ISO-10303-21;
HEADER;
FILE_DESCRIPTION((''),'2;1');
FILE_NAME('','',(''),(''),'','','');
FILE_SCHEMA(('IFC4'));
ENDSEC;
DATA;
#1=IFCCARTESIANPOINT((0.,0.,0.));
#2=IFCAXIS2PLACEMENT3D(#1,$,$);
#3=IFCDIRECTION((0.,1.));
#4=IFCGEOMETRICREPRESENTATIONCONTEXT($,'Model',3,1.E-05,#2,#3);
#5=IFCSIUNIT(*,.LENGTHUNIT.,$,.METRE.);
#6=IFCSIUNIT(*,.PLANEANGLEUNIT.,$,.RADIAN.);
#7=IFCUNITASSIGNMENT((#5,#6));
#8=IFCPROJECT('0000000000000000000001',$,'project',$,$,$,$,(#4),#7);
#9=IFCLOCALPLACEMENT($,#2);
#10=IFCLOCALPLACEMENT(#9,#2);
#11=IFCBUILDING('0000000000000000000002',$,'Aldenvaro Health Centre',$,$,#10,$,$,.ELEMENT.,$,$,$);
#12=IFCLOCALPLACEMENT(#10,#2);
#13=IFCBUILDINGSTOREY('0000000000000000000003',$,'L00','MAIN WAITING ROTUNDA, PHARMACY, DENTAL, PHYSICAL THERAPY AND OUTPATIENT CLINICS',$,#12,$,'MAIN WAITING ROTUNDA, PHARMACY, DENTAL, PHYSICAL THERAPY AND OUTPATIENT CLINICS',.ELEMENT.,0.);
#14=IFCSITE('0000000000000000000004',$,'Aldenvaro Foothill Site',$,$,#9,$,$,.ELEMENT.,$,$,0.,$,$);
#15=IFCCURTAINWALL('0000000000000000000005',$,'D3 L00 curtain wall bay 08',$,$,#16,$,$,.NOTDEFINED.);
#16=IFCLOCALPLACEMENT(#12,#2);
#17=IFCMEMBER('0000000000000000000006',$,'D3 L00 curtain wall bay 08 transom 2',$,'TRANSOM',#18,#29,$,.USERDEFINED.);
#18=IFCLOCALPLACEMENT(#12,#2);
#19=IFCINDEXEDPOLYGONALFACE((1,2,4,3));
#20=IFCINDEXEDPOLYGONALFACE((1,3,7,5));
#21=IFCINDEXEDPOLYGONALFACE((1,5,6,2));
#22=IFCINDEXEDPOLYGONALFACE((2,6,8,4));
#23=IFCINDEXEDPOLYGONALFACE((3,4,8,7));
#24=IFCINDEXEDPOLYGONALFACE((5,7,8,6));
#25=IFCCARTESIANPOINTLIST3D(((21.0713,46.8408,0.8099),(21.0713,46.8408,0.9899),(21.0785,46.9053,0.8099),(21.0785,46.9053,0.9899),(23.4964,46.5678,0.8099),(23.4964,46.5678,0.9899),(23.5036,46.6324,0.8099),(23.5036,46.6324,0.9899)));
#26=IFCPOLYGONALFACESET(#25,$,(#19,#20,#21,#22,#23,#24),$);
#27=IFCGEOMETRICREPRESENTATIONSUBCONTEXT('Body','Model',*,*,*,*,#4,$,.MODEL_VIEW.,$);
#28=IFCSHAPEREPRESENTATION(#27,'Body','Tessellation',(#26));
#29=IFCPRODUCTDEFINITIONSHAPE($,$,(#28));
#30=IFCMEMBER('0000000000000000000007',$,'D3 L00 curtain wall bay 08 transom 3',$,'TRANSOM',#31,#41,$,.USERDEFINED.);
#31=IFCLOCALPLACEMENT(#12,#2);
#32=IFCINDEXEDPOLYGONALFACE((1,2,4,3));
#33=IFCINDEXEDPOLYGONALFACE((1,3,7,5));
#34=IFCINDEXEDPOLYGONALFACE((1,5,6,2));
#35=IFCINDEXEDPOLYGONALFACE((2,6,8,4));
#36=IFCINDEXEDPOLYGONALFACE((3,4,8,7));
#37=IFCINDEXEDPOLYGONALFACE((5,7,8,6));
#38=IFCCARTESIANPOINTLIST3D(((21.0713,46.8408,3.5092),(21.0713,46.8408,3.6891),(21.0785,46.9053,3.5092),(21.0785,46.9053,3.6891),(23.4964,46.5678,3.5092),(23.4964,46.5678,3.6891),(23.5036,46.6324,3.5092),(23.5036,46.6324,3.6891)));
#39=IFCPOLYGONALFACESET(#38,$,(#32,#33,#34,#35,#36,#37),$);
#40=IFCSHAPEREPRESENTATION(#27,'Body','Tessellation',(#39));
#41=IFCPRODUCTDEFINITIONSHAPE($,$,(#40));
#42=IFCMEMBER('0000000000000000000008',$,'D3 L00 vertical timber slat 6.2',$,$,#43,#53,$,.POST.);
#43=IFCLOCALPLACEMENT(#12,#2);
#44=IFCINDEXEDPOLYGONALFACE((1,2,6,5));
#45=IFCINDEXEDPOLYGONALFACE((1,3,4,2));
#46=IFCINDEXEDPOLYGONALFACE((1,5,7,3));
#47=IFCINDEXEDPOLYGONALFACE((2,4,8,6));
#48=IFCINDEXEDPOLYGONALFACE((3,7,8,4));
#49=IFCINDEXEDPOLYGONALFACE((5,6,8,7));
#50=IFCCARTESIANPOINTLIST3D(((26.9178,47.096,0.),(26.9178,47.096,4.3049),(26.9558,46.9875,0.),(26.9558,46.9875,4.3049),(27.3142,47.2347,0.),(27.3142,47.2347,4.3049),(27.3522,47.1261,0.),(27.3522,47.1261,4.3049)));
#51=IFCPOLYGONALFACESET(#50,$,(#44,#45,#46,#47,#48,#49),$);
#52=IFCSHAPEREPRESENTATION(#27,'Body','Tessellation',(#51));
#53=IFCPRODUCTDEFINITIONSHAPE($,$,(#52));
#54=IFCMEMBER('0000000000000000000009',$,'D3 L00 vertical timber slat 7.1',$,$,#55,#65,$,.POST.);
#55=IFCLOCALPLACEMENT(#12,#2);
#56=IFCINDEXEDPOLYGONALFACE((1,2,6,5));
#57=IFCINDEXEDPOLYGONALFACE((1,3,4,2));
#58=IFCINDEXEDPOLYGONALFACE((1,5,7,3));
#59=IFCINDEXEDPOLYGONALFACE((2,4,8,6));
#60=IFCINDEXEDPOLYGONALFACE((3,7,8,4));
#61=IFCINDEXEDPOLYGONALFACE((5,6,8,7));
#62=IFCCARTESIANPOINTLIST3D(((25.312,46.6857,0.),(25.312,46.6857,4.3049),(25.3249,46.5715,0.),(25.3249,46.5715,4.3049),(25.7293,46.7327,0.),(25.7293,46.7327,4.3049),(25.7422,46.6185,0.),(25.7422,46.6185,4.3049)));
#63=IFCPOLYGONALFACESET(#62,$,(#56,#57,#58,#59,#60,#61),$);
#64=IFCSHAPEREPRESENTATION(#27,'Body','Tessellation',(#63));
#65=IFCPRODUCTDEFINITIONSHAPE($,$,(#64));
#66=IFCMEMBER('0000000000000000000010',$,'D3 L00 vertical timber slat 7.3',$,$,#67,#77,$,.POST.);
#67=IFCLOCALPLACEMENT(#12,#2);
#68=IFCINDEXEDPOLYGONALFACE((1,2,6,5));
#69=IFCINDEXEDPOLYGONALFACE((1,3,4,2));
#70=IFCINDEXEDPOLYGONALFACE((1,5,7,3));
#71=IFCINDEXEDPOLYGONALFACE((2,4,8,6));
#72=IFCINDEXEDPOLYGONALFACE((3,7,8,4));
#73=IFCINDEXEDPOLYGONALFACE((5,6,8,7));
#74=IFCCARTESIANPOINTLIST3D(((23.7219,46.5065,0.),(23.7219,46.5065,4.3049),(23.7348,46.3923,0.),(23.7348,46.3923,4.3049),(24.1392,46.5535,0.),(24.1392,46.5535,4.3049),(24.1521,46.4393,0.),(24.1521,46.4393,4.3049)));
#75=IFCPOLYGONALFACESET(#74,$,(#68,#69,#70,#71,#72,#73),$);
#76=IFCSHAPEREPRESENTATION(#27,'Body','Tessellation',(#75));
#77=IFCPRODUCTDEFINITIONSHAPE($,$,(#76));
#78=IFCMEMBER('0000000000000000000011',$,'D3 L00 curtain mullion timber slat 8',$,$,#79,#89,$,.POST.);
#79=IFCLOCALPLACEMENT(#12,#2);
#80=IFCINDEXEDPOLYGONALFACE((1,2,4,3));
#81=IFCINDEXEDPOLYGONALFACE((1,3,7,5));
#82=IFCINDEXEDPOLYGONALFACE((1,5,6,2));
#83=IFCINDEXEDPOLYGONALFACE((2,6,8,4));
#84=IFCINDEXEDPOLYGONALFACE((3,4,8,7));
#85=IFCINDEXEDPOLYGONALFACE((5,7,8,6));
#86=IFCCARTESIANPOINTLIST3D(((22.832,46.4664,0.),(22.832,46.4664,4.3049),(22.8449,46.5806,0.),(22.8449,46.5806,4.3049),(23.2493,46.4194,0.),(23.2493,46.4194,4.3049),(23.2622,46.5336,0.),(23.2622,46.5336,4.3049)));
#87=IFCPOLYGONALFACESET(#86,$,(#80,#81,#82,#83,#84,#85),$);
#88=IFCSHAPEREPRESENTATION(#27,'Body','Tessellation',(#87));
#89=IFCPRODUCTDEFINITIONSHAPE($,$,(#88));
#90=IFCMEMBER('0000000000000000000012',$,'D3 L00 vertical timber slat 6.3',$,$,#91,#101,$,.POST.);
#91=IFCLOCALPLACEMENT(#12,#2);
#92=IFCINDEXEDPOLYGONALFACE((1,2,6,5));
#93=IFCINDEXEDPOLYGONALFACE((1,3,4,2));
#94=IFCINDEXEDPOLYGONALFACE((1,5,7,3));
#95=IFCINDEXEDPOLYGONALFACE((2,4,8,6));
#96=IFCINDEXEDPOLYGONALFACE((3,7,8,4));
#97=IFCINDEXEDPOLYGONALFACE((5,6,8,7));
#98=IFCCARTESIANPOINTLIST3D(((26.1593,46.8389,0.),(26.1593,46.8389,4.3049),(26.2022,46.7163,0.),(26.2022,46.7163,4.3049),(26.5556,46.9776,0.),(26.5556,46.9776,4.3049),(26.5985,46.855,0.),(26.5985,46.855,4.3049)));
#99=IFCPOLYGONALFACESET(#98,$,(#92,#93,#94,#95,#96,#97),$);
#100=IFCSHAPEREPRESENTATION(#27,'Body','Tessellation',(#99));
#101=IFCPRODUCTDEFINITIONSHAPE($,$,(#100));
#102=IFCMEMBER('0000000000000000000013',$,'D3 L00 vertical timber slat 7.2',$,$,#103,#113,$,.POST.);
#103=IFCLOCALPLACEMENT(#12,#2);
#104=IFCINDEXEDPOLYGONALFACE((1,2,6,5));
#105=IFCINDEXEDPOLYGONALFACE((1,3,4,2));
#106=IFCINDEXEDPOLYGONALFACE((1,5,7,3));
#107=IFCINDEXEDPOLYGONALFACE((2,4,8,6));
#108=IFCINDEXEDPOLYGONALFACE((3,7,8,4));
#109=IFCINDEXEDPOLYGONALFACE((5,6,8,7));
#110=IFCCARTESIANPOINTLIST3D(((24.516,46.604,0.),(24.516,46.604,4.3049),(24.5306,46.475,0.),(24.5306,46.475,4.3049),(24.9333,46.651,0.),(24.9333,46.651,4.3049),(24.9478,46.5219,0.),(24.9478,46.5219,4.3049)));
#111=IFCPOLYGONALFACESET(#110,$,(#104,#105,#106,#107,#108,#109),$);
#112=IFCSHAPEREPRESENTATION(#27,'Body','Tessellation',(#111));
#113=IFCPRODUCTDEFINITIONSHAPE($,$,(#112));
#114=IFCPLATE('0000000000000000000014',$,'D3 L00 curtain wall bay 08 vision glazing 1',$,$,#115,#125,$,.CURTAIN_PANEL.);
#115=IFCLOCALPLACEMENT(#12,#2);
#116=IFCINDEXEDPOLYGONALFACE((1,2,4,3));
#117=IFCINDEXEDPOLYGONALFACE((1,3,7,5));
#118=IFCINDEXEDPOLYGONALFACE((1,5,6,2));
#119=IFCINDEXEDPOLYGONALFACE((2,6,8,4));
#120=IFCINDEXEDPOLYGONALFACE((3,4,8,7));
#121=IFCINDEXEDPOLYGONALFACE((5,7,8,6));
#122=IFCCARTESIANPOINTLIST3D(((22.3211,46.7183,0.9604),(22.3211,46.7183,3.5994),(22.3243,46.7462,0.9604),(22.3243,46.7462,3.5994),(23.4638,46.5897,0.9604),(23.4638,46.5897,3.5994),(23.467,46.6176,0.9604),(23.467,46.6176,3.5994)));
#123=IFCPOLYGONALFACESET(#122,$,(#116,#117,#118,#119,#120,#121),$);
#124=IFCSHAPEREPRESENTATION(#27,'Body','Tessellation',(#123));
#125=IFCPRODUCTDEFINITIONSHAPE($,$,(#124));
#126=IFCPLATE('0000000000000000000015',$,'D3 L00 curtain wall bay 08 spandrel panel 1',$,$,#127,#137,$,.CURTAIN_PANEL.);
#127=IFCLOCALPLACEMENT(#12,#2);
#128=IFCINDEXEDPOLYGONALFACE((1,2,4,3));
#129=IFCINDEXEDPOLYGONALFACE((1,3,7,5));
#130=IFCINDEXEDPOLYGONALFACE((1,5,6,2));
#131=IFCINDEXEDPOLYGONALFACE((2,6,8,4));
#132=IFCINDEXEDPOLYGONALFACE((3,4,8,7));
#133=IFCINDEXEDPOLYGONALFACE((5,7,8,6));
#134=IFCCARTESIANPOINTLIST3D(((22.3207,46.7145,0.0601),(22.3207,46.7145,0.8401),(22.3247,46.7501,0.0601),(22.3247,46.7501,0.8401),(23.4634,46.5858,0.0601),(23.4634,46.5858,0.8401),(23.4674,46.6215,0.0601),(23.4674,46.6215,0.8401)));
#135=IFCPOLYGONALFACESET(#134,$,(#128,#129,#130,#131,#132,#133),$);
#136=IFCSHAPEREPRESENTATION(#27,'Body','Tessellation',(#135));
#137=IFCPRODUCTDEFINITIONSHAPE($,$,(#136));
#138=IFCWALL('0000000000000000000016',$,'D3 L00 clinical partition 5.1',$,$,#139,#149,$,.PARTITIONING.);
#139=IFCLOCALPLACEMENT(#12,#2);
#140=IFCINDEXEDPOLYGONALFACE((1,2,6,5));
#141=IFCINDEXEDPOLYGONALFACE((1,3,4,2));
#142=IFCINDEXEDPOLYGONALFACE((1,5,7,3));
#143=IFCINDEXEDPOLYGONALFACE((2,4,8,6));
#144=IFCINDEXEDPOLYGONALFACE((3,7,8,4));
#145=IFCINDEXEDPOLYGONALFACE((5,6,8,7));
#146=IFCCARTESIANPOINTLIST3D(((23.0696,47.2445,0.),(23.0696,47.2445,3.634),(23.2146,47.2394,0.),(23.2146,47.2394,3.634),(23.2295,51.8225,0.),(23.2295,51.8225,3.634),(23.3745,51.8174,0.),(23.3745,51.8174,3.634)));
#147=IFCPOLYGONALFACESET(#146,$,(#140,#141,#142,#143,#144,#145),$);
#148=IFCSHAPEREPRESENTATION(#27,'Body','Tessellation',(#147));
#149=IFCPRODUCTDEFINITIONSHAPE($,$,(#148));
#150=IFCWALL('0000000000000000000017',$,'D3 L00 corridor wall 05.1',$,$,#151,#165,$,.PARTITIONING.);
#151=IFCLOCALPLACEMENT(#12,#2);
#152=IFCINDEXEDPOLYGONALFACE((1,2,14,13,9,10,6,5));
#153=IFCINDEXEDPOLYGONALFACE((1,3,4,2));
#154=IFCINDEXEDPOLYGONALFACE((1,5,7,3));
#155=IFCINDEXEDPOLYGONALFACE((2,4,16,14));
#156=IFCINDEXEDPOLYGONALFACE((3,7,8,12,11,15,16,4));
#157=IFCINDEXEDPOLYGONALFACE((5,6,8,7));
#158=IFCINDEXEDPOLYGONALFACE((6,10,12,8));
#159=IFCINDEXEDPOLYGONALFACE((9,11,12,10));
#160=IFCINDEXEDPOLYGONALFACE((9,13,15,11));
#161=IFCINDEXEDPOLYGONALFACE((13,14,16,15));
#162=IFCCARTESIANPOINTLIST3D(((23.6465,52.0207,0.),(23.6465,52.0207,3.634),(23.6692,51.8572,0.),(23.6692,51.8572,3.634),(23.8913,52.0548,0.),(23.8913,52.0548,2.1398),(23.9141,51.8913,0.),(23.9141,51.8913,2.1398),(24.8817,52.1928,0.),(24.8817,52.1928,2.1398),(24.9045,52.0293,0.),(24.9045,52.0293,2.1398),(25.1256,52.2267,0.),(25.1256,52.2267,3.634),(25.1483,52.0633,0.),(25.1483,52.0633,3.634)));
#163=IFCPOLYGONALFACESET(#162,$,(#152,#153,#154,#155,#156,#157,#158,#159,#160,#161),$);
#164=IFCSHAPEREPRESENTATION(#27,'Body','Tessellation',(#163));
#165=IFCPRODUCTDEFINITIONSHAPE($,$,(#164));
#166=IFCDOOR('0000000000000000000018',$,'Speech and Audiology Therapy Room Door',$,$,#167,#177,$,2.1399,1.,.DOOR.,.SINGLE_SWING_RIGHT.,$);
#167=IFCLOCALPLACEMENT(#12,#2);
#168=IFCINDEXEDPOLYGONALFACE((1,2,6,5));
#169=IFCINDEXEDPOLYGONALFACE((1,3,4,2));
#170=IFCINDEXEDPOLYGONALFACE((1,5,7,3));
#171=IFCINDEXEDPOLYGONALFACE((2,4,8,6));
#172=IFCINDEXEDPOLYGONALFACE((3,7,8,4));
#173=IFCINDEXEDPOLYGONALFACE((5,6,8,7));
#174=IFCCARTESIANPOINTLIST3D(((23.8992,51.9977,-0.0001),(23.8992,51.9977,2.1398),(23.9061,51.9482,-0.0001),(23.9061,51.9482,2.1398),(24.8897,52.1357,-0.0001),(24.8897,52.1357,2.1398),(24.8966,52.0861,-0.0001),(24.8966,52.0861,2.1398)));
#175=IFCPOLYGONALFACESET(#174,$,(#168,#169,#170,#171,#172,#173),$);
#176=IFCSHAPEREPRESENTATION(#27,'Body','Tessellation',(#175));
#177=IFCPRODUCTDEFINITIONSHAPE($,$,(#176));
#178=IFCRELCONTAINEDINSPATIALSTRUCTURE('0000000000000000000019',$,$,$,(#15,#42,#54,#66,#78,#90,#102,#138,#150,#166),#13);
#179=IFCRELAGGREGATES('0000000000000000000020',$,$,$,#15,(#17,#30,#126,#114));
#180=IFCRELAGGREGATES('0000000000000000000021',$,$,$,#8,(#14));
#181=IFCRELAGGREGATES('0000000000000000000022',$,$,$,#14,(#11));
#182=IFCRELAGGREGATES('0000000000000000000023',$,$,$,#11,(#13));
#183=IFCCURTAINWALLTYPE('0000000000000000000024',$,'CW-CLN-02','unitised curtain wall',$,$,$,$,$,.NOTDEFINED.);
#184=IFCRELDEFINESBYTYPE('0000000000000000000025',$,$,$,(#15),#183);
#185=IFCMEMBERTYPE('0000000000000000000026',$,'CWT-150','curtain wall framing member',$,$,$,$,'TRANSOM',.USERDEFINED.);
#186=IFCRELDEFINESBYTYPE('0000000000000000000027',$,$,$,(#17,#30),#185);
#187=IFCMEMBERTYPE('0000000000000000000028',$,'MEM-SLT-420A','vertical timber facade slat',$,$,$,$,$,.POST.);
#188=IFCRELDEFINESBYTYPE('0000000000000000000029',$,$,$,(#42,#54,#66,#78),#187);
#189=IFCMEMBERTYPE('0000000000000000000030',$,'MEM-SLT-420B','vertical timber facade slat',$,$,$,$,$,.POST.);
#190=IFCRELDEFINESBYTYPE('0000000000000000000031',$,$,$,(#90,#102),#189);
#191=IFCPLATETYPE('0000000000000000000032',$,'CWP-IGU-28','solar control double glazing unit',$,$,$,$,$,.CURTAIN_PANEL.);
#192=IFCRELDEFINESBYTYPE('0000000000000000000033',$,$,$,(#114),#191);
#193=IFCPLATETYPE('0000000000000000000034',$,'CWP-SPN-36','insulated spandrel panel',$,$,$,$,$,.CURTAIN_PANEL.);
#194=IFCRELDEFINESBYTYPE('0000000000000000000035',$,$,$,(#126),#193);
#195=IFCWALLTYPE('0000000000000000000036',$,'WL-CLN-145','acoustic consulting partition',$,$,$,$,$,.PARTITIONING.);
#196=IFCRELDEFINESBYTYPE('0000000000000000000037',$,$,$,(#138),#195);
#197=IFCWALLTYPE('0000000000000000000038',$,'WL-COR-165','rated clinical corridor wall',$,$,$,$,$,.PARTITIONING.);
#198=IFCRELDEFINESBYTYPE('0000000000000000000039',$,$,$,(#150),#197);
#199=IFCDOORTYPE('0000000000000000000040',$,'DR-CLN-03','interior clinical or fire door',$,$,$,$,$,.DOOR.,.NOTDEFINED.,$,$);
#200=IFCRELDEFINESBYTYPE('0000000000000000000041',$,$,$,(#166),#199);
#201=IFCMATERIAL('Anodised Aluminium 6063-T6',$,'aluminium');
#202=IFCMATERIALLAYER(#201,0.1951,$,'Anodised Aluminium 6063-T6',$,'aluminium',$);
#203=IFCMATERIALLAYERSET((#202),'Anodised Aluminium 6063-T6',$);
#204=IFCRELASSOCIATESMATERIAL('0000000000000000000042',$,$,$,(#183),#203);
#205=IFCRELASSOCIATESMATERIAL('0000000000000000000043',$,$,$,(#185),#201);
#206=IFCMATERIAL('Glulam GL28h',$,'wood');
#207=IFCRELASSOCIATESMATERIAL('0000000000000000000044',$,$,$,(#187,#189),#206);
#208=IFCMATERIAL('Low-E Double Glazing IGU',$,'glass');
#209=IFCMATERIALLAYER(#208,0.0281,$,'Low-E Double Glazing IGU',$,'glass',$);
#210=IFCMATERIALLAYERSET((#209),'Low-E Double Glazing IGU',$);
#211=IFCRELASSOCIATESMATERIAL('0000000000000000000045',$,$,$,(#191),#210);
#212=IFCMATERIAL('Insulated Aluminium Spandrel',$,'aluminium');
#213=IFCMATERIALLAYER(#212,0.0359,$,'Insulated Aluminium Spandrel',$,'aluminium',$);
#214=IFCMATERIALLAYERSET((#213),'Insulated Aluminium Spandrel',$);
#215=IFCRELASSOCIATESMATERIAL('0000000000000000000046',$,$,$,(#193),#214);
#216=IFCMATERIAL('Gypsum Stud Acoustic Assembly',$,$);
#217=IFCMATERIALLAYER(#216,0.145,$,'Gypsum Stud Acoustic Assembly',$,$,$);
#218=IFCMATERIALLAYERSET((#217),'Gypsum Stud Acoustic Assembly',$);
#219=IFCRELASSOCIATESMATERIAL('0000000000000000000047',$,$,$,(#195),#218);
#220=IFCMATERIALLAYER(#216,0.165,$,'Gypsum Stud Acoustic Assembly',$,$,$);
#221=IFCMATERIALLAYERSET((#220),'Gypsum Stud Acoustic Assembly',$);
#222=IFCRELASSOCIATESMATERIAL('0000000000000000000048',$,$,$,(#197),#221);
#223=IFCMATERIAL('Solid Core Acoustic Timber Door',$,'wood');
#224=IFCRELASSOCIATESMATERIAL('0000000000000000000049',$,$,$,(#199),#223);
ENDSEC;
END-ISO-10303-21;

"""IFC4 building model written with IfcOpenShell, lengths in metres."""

from ifc_helpers import new_model, si_unit, direction, frame, frame_2d, origin, origin_2d, place, context, subcontext, project, spatial, rectangle, extrude, material, layer, layer_set, material_profile, profile_set, type_object, element, fill, aggregate, save


model = new_model("IFC4")

# Units and contexts
model_context = context("Model", 3, precision=1e-05, world=origin(), true_north=direction((0.0, 1.0)))
body_context = subcontext(model_context, "Body", "Model", "MODEL_VIEW")
ifc_project = project(units=[si_unit("LENGTHUNIT", "METRE"), si_unit("PLANEANGLEUNIT", "RADIAN")], contexts=[model_context])

# Site, building, storey
site_placement = place(None, origin())
site = spatial("IfcSite", under=ifc_project, at=site_placement, Name="Aldenvaro Foothill Site", CompositionType="ELEMENT", RefElevation=0.0)
building_placement = place(site_placement, origin())
building = spatial("IfcBuilding", under=site, at=building_placement, Name="Aldenvaro Health Centre", CompositionType="ELEMENT")
storey_placement = place(building_placement, origin())
storey = spatial("IfcBuildingStorey", under=building, at=storey_placement, Name="L00", Description="MAIN WAITING ROTUNDA, PHARMACY, DENTAL, PHYSICAL THERAPY AND OUTPATIENT CLINICS", LongName="MAIN WAITING ROTUNDA, PHARMACY, DENTAL, PHYSICAL THERAPY AND OUTPATIENT CLINICS", CompositionType="ELEMENT", Elevation=0.0)

# Shared definitions
ifc_material_1 = material(Name="Glulam GL28h", Category="wood")

# Curtain wall
ifc_material_2 = material(Name="Anodised Aluminium 6063-T6", Category="aluminium")
ifc_layer_1 = layer(ifc_material_2, 0.1951, Name="Anodised Aluminium 6063-T6", Category="aluminium")
ifc_layer_set_1 = layer_set([ifc_layer_1], Name="Anodised Aluminium 6063-T6")
curtain_wall_type_1 = type_object("IfcCurtainWallType", Name="CW-CLN-02", Description="unitised curtain wall", PredefinedType="NOTDEFINED", material=ifc_layer_set_1)
curtain_wall_1_placement = place(storey_placement, origin())
curtain_wall_1 = element("IfcCurtainWall", 1, at=curtain_wall_1_placement, inside=storey, type_object=curtain_wall_type_1, Name="D3 L00 curtain wall bay 08", PredefinedType="NOTDEFINED")

# Members
ifc_material_profile_1 = material_profile(ifc_material_2, rectangle(XDim=0.0649, YDim=0.1799, at=origin_2d()), Name="ALU 65x180", Category="aluminium")
ifc_profile_set_1 = profile_set([ifc_material_profile_1], Name="Anodised Aluminium 6063-T6")
member_type_1 = type_object("IfcMemberType", Name="CWT-150", Description="curtain wall framing member", ElementType="TRANSOM", PredefinedType="USERDEFINED", material=ifc_profile_set_1)
member_1_placement = place(storey_placement, frame((23.5, 46.6001, 0.8999), z_axis=(-0.993725, 0.111848, 0.0), x_axis=(-0.111848, -0.993725, 0.0)))
member_1 = element("IfcMember", 2, at=member_1_placement, type_object=member_type_1, Name="D3 L00 curtain wall bay 08 transom 2", ObjectType="TRANSOM", PredefinedType="USERDEFINED", context=body_context, shape_type="SweptSolid", body=[
    extrude(rectangle(XDim=0.0649, YDim=0.1799, at=origin_2d()), origin(), (0.0, 0.0, 1.0), 2.4404),
])
member_2_placement = place(storey_placement, frame((23.5, 46.6001, 3.5991), z_axis=(-0.993725, 0.111848, 0.0), x_axis=(-0.111848, -0.993725, 0.0)))
member_2 = element("IfcMember", 3, at=member_2_placement, type_object=member_type_1, Name="D3 L00 curtain wall bay 08 transom 3", ObjectType="TRANSOM", PredefinedType="USERDEFINED", context=body_context, shape_type="SweptSolid", body=[
    extrude(rectangle(XDim=0.0649, YDim=0.1799, at=origin_2d()), origin(), (0.0, 0.0, 1.0), 2.4404),
])

# Members
ifc_material_profile_2 = material_profile(ifc_material_1, rectangle(XDim=0.115, YDim=0.4199, at=origin_2d()), Name="GL 115x420", Category="wood")
ifc_profile_set_2 = profile_set([ifc_material_profile_2], Name="Glulam GL28h")
member_type_2 = type_object("IfcMemberType", Name="MEM-SLT-420A", Description="vertical timber facade slat", PredefinedType="POST", material=ifc_profile_set_2)
for number, where, z_axis, x_axis, name in (
    (4, (27.135, 47.1111, 0.0), (0.0, 0.0, 1.0), (0.330204, -0.943909, 0.0), "D3 L00 vertical timber slat 6.2"),
    (5, (25.5271, 46.6521, 0.0), (0.0, 0.0, 1.0), (0.111871, -0.993723, 0.0), "D3 L00 vertical timber slat 7.1"),
    (6, (23.937, 46.4729, 0.0), (0.0, 0.0, 1.0), (0.111871, -0.993723, 0.0), "D3 L00 vertical timber slat 7.3"),
    (7, (23.0471, 46.5, 0.0), (0.0, 0.0, 1.0), (-0.111871, -0.993723, 0.0), "D3 L00 curtain mullion timber slat 8"),
):
    element("IfcMember", number, at=place(storey_placement, frame(where, z_axis=z_axis, x_axis=x_axis)), inside=storey, type_object=member_type_2, Name=name, PredefinedType="POST", context=body_context, shape_type="SweptSolid", body=[
        extrude(rectangle(XDim=0.115, YDim=0.4199, at=origin_2d()), origin(), (0.0, 0.0, 1.0), 4.3049),
    ])
ifc_material_profile_3 = material_profile(ifc_material_1, rectangle(XDim=0.1299, YDim=0.4199, at=origin_2d()), Name="GL 130x420", Category="wood")
ifc_profile_set_3 = profile_set([ifc_material_profile_3], Name="Glulam GL28h")
member_type_3 = type_object("IfcMemberType", Name="MEM-SLT-420B", Description="vertical timber facade slat", PredefinedType="POST", material=ifc_profile_set_3)
for number, where, z_axis, x_axis, name in (
    (8, (26.3789, 46.8469, 0.0), (0.0, 0.0, 1.0), (0.330204, -0.943909, 0.0), "D3 L00 vertical timber slat 6.3"),
    (9, (24.7319, 46.563, 0.0), (0.0, 0.0, 1.0), (0.111871, -0.993723, 0.0), "D3 L00 vertical timber slat 7.2"),
):
    element("IfcMember", number, at=place(storey_placement, frame(where, z_axis=z_axis, x_axis=x_axis)), inside=storey, type_object=member_type_3, Name=name, PredefinedType="POST", context=body_context, shape_type="SweptSolid", body=[
        extrude(rectangle(XDim=0.1299, YDim=0.4199, at=origin_2d()), origin(), (0.0, 0.0, 1.0), 4.3049),
    ])

# Plates
ifc_material_3 = material(Name="Low-E Double Glazing IGU", Category="glass")
ifc_layer_2 = layer(ifc_material_3, 0.0281, Name="Low-E Double Glazing IGU", Category="glass")
ifc_layer_set_2 = layer_set([ifc_layer_2], Name="Low-E Double Glazing IGU")
plate_type_1 = type_object("IfcPlateType", Name="CWP-IGU-28", Description="solar control double glazing unit", PredefinedType="CURTAIN_PANEL", material=ifc_layer_set_2)
plate_1_placement = place(storey_placement, frame((22.894, 46.668, 0.9604), z_axis=(0.0, 0.0, 1.0), x_axis=(-0.993723, 0.111871, 0.0)))
plate_1 = element("IfcPlate", 10, at=plate_1_placement, type_object=plate_type_1, Name="D3 L00 curtain wall bay 08 vision glazing 1", PredefinedType="CURTAIN_PANEL", context=body_context, shape_type="SweptSolid", body=[
    extrude(rectangle(XDim=1.1499, YDim=0.0281, at=origin_2d()), origin(), (0.0, 0.0, 1.0), 2.6389),
])
ifc_material_4 = material(Name="Insulated Aluminium Spandrel", Category="aluminium")
ifc_layer_3 = layer(ifc_material_4, 0.0359, Name="Insulated Aluminium Spandrel", Category="aluminium")
ifc_layer_set_3 = layer_set([ifc_layer_3], Name="Insulated Aluminium Spandrel")
plate_type_2 = type_object("IfcPlateType", Name="CWP-SPN-36", Description="insulated spandrel panel", PredefinedType="CURTAIN_PANEL", material=ifc_layer_set_3)
plate_2_placement = place(storey_placement, frame((22.894, 46.668, 0.0601), z_axis=(0.0, 0.0, 1.0), x_axis=(-0.993723, 0.111871, 0.0)))
plate_2 = element("IfcPlate", 11, at=plate_2_placement, type_object=plate_type_2, Name="D3 L00 curtain wall bay 08 spandrel panel 1", PredefinedType="CURTAIN_PANEL", context=body_context, shape_type="SweptSolid", body=[
    extrude(rectangle(XDim=1.1499, YDim=0.0359, at=origin_2d()), origin(), (0.0, 0.0, 1.0), 0.78),
])
aggregate(curtain_wall_1, [member_1, member_2, plate_2, plate_1])

# Wall
ifc_material_5 = material(Name="Gypsum Stud Acoustic Assembly")
ifc_layer_4 = layer(ifc_material_5, 0.145, Name="Gypsum Stud Acoustic Assembly")
ifc_layer_set_4 = layer_set([ifc_layer_4], Name="Gypsum Stud Acoustic Assembly")
wall_type_1 = type_object("IfcWallType", Name="WL-CLN-145", Description="acoustic consulting partition", PredefinedType="PARTITIONING", material=ifc_layer_set_4)
wall_1_placement = place(storey_placement, frame((23.302, 51.8201, 0.0), z_axis=(0.0, 0.0, 1.0), x_axis=(-0.034908, -0.999391, 0.0)))
element("IfcWall", 12, at=wall_1_placement, inside=storey, type_object=wall_type_1, Name="D3 L00 clinical partition 5.1", PredefinedType="PARTITIONING", context=body_context, shape_type="SweptSolid", body=[
    extrude(rectangle(XDim=4.5808, YDim=0.145, at=frame_2d((2.2905, 0.0))), origin(), (0.0, 0.0, 1.0), 3.634),
])

# Wall, opening, door
ifc_layer_5 = layer(ifc_material_5, 0.165, Name="Gypsum Stud Acoustic Assembly")
ifc_layer_set_5 = layer_set([ifc_layer_5], Name="Gypsum Stud Acoustic Assembly")
wall_type_2 = type_object("IfcWallType", Name="WL-COR-165", Description="rated clinical corridor wall", PredefinedType="PARTITIONING", material=ifc_layer_set_5)
wall_2_placement = place(storey_placement, frame((23.658, 51.939, 0.0), z_axis=(0.0, 0.0, 1.0), x_axis=(0.990434, 0.137987, 0.0)))
wall_2 = element("IfcWall", 13, at=wall_2_placement, inside=storey, type_object=wall_type_2, Name="D3 L00 corridor wall 05.1", PredefinedType="PARTITIONING", context=body_context, shape_type="SweptSolid", body=[
    extrude(rectangle(XDim=1.4934, YDim=0.165, at=frame_2d((0.7466, 0.0))), origin(), (0.0, 0.0, 1.0), 3.634),
])
opening_placement = place(wall_2_placement, frame((0.2471, 0.0, 0.0)))
opening = element("IfcOpeningElement", 14, at=opening_placement, cuts=wall_2, PredefinedType="OPENING", context=body_context, shape_type="SweptSolid", body=[
    extrude(rectangle(XDim=1.0, YDim=2.1399, at=frame_2d((0.5, 1.0698))), frame((0.0, 0.0925, 0.0), z_axis=(0.0, -1.0, 0.0), x_axis=(1.0, 0.0, 0.0)), (0.0, 0.0, 1.0), 0.1851),
])
ifc_material_6 = material(Name="Solid Core Acoustic Timber Door", Category="wood")
door_type = type_object("IfcDoorType", Name="DR-CLN-03", Description="interior clinical or fire door", OperationType="NOTDEFINED", PredefinedType="DOOR", material=ifc_material_6)
door_placement = place(opening_placement, origin())
door = element("IfcDoor", 15, at=door_placement, inside=storey, type_object=door_type, Name="Speech and Audiology Therapy Room Door", OperationType="SINGLE_SWING_RIGHT", OverallHeight=2.1399, OverallWidth=1.0, PredefinedType="DOOR", context=body_context, shape_type="SweptSolid", body=[
    extrude(rectangle(XDim=1.0, YDim=2.1399, at=frame_2d((0.5, 1.0698))), frame((0.0, 0.0249, 0.0), z_axis=(0.0, -1.0, 0.0), x_axis=(1.0, 0.0, 0.0)), (0.0, 0.0, 1.0), 0.05),
])
fill(opening, door)

save(model, "model.ifc")
